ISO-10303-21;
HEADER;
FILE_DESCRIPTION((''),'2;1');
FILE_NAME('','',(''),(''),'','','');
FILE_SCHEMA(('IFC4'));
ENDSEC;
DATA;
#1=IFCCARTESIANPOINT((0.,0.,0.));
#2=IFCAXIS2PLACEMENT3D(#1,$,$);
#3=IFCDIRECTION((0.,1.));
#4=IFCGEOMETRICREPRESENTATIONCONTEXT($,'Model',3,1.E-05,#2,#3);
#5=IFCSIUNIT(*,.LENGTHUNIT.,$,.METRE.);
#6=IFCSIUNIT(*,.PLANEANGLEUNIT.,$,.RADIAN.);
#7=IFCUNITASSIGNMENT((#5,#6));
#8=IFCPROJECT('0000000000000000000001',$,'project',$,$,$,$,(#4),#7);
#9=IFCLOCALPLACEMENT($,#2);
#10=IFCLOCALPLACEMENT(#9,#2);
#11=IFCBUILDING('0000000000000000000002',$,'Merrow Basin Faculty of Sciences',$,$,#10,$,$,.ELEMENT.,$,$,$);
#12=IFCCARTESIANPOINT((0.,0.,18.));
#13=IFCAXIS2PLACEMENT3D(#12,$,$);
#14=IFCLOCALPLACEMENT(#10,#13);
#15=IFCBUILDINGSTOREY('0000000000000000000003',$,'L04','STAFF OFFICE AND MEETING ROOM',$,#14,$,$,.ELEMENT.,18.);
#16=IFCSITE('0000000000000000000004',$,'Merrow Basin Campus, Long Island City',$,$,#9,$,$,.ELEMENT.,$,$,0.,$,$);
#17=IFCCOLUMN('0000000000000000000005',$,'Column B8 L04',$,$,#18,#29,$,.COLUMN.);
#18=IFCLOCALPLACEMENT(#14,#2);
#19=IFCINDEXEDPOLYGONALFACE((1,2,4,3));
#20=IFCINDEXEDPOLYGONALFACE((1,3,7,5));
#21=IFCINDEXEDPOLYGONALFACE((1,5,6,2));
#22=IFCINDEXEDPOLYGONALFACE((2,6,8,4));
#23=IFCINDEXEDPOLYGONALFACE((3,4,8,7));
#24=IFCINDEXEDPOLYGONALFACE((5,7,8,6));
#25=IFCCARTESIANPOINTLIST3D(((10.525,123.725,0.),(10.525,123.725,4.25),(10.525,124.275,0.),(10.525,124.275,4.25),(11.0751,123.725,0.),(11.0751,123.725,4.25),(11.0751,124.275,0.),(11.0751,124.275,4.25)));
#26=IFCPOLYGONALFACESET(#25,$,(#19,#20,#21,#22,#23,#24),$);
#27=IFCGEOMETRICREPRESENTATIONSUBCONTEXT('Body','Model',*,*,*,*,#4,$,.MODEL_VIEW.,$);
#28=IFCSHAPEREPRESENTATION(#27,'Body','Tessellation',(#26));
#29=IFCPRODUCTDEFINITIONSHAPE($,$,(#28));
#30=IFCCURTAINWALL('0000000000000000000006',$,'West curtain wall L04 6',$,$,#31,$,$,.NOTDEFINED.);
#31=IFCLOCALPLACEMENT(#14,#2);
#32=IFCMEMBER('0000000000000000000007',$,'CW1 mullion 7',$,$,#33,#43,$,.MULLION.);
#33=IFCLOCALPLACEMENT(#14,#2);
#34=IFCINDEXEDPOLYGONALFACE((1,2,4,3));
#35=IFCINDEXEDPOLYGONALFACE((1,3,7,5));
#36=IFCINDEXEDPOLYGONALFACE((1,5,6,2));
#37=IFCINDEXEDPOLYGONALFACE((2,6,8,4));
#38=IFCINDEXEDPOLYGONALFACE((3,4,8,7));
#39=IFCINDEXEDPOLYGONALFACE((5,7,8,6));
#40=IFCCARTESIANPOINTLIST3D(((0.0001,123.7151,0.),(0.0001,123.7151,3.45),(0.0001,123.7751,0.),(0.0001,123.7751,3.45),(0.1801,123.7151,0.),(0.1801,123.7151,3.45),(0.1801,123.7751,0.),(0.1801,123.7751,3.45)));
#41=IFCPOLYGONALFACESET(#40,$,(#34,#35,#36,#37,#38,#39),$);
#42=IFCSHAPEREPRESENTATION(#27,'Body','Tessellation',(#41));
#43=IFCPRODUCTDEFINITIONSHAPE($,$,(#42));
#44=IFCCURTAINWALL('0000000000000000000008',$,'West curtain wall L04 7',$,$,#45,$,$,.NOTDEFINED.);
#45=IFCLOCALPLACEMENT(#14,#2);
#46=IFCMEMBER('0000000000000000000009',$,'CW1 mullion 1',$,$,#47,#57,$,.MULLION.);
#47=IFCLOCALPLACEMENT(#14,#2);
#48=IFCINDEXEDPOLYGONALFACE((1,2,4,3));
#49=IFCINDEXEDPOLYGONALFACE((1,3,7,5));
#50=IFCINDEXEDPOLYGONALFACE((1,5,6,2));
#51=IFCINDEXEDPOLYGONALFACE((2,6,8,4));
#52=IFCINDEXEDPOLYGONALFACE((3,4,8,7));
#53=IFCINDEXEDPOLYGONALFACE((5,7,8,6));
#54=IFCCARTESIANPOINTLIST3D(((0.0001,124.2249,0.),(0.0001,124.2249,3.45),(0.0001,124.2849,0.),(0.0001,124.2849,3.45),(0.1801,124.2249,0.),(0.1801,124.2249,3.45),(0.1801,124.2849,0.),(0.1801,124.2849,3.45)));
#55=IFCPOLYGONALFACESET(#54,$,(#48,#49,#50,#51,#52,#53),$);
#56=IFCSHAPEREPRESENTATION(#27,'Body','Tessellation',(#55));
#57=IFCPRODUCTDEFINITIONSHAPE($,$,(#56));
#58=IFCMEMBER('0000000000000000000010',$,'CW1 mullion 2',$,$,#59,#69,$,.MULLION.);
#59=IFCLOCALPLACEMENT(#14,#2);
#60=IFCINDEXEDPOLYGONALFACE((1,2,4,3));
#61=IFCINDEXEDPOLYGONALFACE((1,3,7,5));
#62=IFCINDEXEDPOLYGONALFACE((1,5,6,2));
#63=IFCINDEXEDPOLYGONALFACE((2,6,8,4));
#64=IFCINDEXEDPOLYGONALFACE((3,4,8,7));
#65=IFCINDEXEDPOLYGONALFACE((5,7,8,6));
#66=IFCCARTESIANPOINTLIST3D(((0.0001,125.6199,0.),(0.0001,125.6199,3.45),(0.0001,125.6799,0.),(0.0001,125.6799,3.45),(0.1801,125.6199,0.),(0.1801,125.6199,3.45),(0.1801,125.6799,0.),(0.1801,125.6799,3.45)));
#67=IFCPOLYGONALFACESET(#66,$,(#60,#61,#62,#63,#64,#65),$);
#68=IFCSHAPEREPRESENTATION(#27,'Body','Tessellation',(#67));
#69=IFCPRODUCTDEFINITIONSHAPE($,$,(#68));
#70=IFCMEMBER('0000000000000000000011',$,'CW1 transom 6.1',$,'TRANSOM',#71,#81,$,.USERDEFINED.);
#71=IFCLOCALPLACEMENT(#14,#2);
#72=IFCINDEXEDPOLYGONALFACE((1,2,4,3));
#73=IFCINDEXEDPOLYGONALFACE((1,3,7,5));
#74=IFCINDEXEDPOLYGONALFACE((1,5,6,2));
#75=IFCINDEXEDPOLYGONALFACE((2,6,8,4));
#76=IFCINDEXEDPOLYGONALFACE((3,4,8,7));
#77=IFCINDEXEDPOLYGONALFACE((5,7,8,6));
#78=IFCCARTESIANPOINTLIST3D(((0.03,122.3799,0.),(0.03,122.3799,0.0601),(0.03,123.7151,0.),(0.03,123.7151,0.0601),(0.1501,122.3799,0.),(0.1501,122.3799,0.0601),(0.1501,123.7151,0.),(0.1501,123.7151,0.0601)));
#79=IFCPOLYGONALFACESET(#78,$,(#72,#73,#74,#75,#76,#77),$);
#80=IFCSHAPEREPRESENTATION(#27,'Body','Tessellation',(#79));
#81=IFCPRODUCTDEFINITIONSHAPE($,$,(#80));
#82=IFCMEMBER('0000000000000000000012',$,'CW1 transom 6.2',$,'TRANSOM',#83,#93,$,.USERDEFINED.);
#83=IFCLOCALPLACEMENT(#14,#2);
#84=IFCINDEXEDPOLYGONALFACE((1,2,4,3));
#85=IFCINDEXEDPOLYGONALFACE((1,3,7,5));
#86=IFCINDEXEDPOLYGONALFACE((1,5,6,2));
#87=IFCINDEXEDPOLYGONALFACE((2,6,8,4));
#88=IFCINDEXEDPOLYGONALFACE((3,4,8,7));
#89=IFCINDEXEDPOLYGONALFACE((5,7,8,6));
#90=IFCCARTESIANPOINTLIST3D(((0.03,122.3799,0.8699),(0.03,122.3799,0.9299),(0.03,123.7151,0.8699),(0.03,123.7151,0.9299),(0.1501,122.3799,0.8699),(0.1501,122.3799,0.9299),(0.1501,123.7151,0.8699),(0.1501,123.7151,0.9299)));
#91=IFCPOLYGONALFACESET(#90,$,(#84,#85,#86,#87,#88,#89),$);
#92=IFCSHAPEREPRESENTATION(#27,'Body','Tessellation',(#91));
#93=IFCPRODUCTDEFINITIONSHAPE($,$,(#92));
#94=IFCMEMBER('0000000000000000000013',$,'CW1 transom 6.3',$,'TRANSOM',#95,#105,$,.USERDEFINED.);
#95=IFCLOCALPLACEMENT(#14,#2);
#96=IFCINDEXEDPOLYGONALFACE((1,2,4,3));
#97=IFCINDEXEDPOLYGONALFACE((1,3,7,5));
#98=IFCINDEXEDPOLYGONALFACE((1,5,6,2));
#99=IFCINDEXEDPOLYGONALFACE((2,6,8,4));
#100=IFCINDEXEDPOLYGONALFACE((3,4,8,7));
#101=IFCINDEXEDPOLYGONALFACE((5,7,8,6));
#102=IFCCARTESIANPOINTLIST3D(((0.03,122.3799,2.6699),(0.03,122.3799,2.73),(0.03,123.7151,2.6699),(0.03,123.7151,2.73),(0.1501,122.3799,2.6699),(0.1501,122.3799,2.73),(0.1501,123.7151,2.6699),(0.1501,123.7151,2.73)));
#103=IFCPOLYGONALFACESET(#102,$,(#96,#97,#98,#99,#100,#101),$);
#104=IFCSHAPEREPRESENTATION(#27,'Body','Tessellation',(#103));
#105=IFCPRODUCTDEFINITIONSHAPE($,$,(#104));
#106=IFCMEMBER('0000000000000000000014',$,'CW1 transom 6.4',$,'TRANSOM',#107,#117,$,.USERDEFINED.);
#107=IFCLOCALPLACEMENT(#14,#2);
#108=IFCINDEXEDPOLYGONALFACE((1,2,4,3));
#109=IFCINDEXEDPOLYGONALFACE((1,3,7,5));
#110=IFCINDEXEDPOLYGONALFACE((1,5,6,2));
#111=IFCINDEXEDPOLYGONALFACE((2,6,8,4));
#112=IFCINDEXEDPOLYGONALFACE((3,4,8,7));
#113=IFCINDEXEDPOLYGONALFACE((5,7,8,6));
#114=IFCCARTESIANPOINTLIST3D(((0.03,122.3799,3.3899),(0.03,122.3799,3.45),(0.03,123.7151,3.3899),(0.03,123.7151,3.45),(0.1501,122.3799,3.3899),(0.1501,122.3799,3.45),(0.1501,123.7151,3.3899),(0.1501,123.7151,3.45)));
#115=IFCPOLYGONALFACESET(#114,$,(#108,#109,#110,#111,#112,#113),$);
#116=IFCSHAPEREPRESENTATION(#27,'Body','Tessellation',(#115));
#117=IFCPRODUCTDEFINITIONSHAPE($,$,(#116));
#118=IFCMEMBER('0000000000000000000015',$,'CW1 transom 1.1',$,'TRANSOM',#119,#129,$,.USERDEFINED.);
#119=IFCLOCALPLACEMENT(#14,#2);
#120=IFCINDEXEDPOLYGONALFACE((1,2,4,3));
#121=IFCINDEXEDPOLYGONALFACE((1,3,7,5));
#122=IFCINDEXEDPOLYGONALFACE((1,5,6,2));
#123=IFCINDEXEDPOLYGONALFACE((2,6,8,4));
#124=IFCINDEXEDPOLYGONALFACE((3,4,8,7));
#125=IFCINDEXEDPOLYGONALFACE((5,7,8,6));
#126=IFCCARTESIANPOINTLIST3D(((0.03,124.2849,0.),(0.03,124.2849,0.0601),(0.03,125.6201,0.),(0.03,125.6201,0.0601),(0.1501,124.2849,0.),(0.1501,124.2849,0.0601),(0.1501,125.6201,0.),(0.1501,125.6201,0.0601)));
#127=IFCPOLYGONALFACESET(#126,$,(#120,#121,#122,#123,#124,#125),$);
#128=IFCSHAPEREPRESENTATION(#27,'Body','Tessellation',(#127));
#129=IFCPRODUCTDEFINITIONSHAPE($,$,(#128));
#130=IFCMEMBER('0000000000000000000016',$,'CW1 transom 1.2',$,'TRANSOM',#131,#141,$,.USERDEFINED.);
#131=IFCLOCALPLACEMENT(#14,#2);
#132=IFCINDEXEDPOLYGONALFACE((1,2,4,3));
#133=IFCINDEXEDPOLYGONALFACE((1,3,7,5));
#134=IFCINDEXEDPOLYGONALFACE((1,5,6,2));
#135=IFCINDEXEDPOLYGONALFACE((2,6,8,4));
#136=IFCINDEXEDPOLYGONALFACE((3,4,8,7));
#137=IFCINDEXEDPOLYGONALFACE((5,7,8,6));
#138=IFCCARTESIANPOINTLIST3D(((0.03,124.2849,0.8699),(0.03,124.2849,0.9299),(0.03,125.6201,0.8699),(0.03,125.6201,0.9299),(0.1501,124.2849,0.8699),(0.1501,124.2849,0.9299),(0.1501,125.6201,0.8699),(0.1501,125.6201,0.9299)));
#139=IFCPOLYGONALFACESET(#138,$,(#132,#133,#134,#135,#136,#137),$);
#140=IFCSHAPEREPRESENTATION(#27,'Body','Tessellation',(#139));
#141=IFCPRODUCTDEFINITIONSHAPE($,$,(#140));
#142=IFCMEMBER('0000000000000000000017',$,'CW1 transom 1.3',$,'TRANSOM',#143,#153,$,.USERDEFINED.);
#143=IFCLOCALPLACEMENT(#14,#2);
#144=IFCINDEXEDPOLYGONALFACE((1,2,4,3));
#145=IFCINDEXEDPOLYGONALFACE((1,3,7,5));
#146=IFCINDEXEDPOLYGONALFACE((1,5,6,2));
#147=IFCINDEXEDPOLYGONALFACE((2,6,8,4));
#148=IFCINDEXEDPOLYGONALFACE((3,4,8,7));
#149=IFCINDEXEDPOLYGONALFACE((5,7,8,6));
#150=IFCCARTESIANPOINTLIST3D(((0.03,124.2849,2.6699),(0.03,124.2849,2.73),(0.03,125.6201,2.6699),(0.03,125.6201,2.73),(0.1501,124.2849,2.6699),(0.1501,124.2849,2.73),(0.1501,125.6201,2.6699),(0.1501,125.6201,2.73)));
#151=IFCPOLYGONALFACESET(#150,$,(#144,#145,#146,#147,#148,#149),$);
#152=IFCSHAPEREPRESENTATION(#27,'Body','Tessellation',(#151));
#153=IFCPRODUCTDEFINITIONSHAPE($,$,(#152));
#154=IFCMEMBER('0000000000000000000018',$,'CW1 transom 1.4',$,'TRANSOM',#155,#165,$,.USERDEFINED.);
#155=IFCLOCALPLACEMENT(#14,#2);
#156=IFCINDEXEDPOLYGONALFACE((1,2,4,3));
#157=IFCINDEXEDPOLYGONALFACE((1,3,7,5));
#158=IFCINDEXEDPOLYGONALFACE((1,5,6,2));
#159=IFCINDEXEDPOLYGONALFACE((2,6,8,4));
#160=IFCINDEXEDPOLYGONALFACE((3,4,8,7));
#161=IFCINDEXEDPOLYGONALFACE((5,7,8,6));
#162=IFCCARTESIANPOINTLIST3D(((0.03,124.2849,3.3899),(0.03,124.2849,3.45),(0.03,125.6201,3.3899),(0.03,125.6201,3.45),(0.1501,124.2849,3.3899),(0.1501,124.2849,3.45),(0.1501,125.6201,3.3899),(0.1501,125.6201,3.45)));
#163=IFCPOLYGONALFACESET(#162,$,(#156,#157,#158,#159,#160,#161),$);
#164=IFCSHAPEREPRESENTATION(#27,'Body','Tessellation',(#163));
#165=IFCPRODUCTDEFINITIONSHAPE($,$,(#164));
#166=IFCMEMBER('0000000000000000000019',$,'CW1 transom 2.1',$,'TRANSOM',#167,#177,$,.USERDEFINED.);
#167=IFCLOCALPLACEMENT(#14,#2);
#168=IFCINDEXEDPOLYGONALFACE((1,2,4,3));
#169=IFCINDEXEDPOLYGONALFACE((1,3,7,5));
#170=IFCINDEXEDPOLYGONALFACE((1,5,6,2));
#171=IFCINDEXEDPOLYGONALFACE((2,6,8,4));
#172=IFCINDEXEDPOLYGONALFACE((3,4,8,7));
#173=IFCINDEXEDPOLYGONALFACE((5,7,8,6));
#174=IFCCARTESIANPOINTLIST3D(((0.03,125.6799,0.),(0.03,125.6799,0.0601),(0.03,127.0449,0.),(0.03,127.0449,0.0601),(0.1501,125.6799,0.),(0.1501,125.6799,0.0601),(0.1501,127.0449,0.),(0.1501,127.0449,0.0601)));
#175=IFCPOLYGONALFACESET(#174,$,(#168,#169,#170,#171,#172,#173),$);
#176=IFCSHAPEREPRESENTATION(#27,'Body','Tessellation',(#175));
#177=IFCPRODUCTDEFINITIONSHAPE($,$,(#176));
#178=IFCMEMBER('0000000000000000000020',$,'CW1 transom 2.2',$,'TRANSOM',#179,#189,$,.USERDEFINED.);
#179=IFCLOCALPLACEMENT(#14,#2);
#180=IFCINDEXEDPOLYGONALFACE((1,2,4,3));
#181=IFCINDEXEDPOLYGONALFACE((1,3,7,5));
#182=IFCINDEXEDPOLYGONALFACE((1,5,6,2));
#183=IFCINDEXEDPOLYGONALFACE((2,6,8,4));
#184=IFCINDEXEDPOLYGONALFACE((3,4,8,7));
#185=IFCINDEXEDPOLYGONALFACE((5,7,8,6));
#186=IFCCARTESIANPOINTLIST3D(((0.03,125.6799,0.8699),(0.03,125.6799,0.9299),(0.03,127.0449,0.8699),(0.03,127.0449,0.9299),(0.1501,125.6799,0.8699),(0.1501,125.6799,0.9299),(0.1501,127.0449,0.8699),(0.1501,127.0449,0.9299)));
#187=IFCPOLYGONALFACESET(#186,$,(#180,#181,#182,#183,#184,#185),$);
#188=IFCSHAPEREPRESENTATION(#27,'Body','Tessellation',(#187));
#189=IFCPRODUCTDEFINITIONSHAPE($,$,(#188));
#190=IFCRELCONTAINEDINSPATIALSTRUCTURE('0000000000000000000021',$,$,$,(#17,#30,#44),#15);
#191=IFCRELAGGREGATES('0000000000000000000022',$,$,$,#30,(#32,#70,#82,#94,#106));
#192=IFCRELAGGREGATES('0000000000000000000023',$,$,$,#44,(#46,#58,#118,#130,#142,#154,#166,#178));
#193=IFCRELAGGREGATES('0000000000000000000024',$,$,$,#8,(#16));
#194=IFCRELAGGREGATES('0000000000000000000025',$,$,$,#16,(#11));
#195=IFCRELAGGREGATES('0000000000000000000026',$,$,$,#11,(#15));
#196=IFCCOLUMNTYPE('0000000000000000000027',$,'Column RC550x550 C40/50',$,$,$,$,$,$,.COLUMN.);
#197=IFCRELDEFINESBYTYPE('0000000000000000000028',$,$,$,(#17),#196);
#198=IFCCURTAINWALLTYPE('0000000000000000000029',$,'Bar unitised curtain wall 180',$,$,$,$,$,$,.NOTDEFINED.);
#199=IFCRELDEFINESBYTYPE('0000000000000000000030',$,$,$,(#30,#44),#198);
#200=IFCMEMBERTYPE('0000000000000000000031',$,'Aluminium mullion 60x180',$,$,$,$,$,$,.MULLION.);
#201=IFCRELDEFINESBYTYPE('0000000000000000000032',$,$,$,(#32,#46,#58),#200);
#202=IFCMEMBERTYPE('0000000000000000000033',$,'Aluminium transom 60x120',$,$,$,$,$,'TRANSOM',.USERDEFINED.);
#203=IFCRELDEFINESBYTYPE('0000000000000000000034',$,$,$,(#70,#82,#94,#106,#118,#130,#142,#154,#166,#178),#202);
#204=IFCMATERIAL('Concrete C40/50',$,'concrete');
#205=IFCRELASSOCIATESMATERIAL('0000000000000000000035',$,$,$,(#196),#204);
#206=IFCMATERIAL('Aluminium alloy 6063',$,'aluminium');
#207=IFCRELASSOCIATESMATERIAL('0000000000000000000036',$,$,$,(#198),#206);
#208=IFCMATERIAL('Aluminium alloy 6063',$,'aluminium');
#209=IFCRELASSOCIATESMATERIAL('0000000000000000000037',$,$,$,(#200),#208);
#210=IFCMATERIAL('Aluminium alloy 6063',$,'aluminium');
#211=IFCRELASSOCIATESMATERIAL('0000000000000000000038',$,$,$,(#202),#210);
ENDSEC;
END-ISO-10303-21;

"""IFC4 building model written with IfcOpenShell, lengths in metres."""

from ifc_helpers import new_model, si_unit, direction, frame, origin, origin_2d, place, context, subcontext, project, spatial, rectangle, extrude, material, material_profile, profile_set, type_object, element, aggregate, save


model = new_model("IFC4")

# Units and contexts
model_context = context("Model", 3, precision=1e-05, world=origin(), true_north=direction((0.0, 1.0)))
body_context = subcontext(model_context, "Body", "Model", "MODEL_VIEW")
ifc_project = project(units=[si_unit("LENGTHUNIT", "METRE"), si_unit("PLANEANGLEUNIT", "RADIAN")], contexts=[model_context])

# Site, building, storey
site_placement = place(None, origin())
site = spatial("IfcSite", under=ifc_project, at=site_placement, Name="Merrow Basin Campus, Long Island City", CompositionType="ELEMENT", RefElevation=0.0)
building_placement = place(site_placement, origin())
building = spatial("IfcBuilding", under=site, at=building_placement, Name="Merrow Basin Faculty of Sciences", CompositionType="ELEMENT")
storey_placement = place(building_placement, frame((0.0, 0.0, 18.0)))
storey = spatial("IfcBuildingStorey", under=building, at=storey_placement, Name="L04", Description="STAFF OFFICE AND MEETING ROOM", CompositionType="ELEMENT", Elevation=18.0)

# Column
ifc_material_1 = material(Name="Concrete C40/50", Category="concrete")
ifc_material_profile_1 = material_profile(ifc_material_1, rectangle(XDim=0.55, YDim=0.55, at=origin_2d()))
ifc_profile_set_1 = profile_set([ifc_material_profile_1], Name="Concrete C40/50")
column_type = type_object("IfcColumnType", Name="Column RC550x550 C40/50", PredefinedType="COLUMN", material=ifc_profile_set_1)
column_placement = place(storey_placement, frame((10.8, 124.0, 0.0), z_axis=(0.0, 0.0, 1.0), x_axis=(1.0, 0.0, 0.0)))
element("IfcColumn", 1, at=column_placement, inside=storey, type_object=column_type, Name="Column B8 L04", PredefinedType="COLUMN", context=body_context, shape_type="SweptSolid", body=[
    extrude(rectangle(XDim=0.55, YDim=0.55, at=origin_2d()), origin(), (0.0, 0.0, 1.0), 4.25),
])

# Curtain wall, member
ifc_material_2 = material(Name="Aluminium alloy 6063", Category="aluminium")
curtain_wall_type = type_object("IfcCurtainWallType", Name="Bar unitised curtain wall 180", PredefinedType="NOTDEFINED", material=ifc_material_2)
curtain_wall_1_placement = place(storey_placement, origin())
curtain_wall_1 = element("IfcCurtainWall", 2, at=curtain_wall_1_placement, inside=storey, type_object=curtain_wall_type, Name="West curtain wall L04 6", PredefinedType="NOTDEFINED")
ifc_material_3 = material(Name="Aluminium alloy 6063", Category="aluminium")
ifc_material_profile_2 = material_profile(ifc_material_3, rectangle(XDim=0.1799, YDim=0.0601, at=origin_2d()))
ifc_profile_set_2 = profile_set([ifc_material_profile_2], Name="Aluminium alloy 6063")
member_type_1 = type_object("IfcMemberType", Name="Aluminium mullion 60x180", PredefinedType="MULLION", material=ifc_profile_set_2)
member_1_placement = place(storey_placement, frame((0.0901, 123.7451, 0.0), z_axis=(0.0, 0.0, 1.0), x_axis=(-1.0, 0.0, 0.0)))
member_1 = element("IfcMember", 3, at=member_1_placement, type_object=member_type_1, Name="CW1 mullion 7", PredefinedType="MULLION", context=body_context, shape_type="SweptSolid", body=[
    extrude(rectangle(XDim=0.1799, YDim=0.0601, at=origin_2d()), origin(), (0.0, 0.0, 1.0), 3.45),
])

# Curtain wall, members
curtain_wall_2_placement = place(storey_placement, origin())
curtain_wall_2 = element("IfcCurtainWall", 4, at=curtain_wall_2_placement, inside=storey, type_object=curtain_wall_type, Name="West curtain wall L04 7", PredefinedType="NOTDEFINED")
member_2_placement = place(storey_placement, frame((0.0901, 124.2549, 0.0), z_axis=(0.0, 0.0, 1.0), x_axis=(-1.0, 0.0, 0.0)))
member_2 = element("IfcMember", 5, at=member_2_placement, type_object=member_type_1, Name="CW1 mullion 1", PredefinedType="MULLION", context=body_context, shape_type="SweptSolid", body=[
    extrude(rectangle(XDim=0.1799, YDim=0.0601, at=origin_2d()), origin(), (0.0, 0.0, 1.0), 3.45),
])
member_3_placement = place(storey_placement, frame((0.0901, 125.6499, 0.0), z_axis=(0.0, 0.0, 1.0), x_axis=(-1.0, 0.0, 0.0)))
member_3 = element("IfcMember", 6, at=member_3_placement, type_object=member_type_1, Name="CW1 mullion 2", PredefinedType="MULLION", context=body_context, shape_type="SweptSolid", body=[
    extrude(rectangle(XDim=0.1799, YDim=0.0601, at=origin_2d()), origin(), (0.0, 0.0, 1.0), 3.45),
])

# Members
ifc_material_4 = material(Name="Aluminium alloy 6063", Category="aluminium")
ifc_material_profile_3 = material_profile(ifc_material_4, rectangle(XDim=0.1201, YDim=0.0601, at=origin_2d()))
ifc_profile_set_3 = profile_set([ifc_material_profile_3], Name="Aluminium alloy 6063")
member_type_2 = type_object("IfcMemberType", Name="Aluminium transom 60x120", ElementType="TRANSOM", PredefinedType="USERDEFINED", material=ifc_profile_set_3)
member_4_placement = place(storey_placement, frame((0.0901, 122.3799, 0.03), z_axis=(0.0, 1.0, 0.0), x_axis=(-1.0, 0.0, 0.0)))
member_4 = element("IfcMember", 7, at=member_4_placement, type_object=member_type_2, Name="CW1 transom 6.1", ObjectType="TRANSOM", PredefinedType="USERDEFINED", context=body_context, shape_type="SweptSolid", body=[
    extrude(rectangle(XDim=0.1201, YDim=0.0601, at=origin_2d()), origin(), (0.0, 0.0, 1.0), 1.3352),
])
member_5_placement = place(storey_placement, frame((0.0901, 122.3799, 0.8999), z_axis=(0.0, 1.0, 0.0), x_axis=(-1.0, 0.0, 0.0)))
member_5 = element("IfcMember", 8, at=member_5_placement, type_object=member_type_2, Name="CW1 transom 6.2", ObjectType="TRANSOM", PredefinedType="USERDEFINED", context=body_context, shape_type="SweptSolid", body=[
    extrude(rectangle(XDim=0.1201, YDim=0.0601, at=origin_2d()), origin(), (0.0, 0.0, 1.0), 1.3352),
])
member_6_placement = place(storey_placement, frame((0.0901, 122.3799, 2.7), z_axis=(0.0, 1.0, 0.0), x_axis=(-1.0, 0.0, 0.0)))
member_6 = element("IfcMember", 9, at=member_6_placement, type_object=member_type_2, Name="CW1 transom 6.3", ObjectType="TRANSOM", PredefinedType="USERDEFINED", context=body_context, shape_type="SweptSolid", body=[
    extrude(rectangle(XDim=0.1201, YDim=0.0601, at=origin_2d()), origin(), (0.0, 0.0, 1.0), 1.3352),
])
member_7_placement = place(storey_placement, frame((0.0901, 122.3799, 3.4199), z_axis=(0.0, 1.0, 0.0), x_axis=(-1.0, 0.0, 0.0)))
member_7 = element("IfcMember", 10, at=member_7_placement, type_object=member_type_2, Name="CW1 transom 6.4", ObjectType="TRANSOM", PredefinedType="USERDEFINED", context=body_context, shape_type="SweptSolid", body=[
    extrude(rectangle(XDim=0.1201, YDim=0.0601, at=origin_2d()), origin(), (0.0, 0.0, 1.0), 1.3352),
])
member_8_placement = place(storey_placement, frame((0.0901, 124.2849, 0.03), z_axis=(0.0, 1.0, 0.0), x_axis=(-1.0, 0.0, 0.0)))
member_8 = element("IfcMember", 11, at=member_8_placement, type_object=member_type_2, Name="CW1 transom 1.1", ObjectType="TRANSOM", PredefinedType="USERDEFINED", context=body_context, shape_type="SweptSolid", body=[
    extrude(rectangle(XDim=0.1201, YDim=0.0601, at=origin_2d()), origin(), (0.0, 0.0, 1.0), 1.3352),
])
member_9_placement = place(storey_placement, frame((0.0901, 124.2849, 0.8999), z_axis=(0.0, 1.0, 0.0), x_axis=(-1.0, 0.0, 0.0)))
member_9 = element("IfcMember", 12, at=member_9_placement, type_object=member_type_2, Name="CW1 transom 1.2", ObjectType="TRANSOM", PredefinedType="USERDEFINED", context=body_context, shape_type="SweptSolid", body=[
    extrude(rectangle(XDim=0.1201, YDim=0.0601, at=origin_2d()), origin(), (0.0, 0.0, 1.0), 1.3352),
])
member_10_placement = place(storey_placement, frame((0.0901, 124.2849, 2.7), z_axis=(0.0, 1.0, 0.0), x_axis=(-1.0, 0.0, 0.0)))
member_10 = element("IfcMember", 13, at=member_10_placement, type_object=member_type_2, Name="CW1 transom 1.3", ObjectType="TRANSOM", PredefinedType="USERDEFINED", context=body_context, shape_type="SweptSolid", body=[
    extrude(rectangle(XDim=0.1201, YDim=0.0601, at=origin_2d()), origin(), (0.0, 0.0, 1.0), 1.3352),
])
member_11_placement = place(storey_placement, frame((0.0901, 124.2849, 3.4199), z_axis=(0.0, 1.0, 0.0), x_axis=(-1.0, 0.0, 0.0)))
member_11 = element("IfcMember", 14, at=member_11_placement, type_object=member_type_2, Name="CW1 transom 1.4", ObjectType="TRANSOM", PredefinedType="USERDEFINED", context=body_context, shape_type="SweptSolid", body=[
    extrude(rectangle(XDim=0.1201, YDim=0.0601, at=origin_2d()), origin(), (0.0, 0.0, 1.0), 1.3352),
])
member_12_placement = place(storey_placement, frame((0.0901, 125.6799, 0.03), z_axis=(0.0, 1.0, 0.0), x_axis=(-1.0, 0.0, 0.0)))
member_12 = element("IfcMember", 15, at=member_12_placement, type_object=member_type_2, Name="CW1 transom 2.1", ObjectType="TRANSOM", PredefinedType="USERDEFINED", context=body_context, shape_type="SweptSolid", body=[
    extrude(rectangle(XDim=0.1201, YDim=0.0601, at=origin_2d()), origin(), (0.0, 0.0, 1.0), 1.365),
])
member_13_placement = place(storey_placement, frame((0.0901, 125.6799, 0.8999), z_axis=(0.0, 1.0, 0.0), x_axis=(-1.0, 0.0, 0.0)))
member_13 = element("IfcMember", 16, at=member_13_placement, type_object=member_type_2, Name="CW1 transom 2.2", ObjectType="TRANSOM", PredefinedType="USERDEFINED", context=body_context, shape_type="SweptSolid", body=[
    extrude(rectangle(XDim=0.1201, YDim=0.0601, at=origin_2d()), origin(), (0.0, 0.0, 1.0), 1.365),
])

aggregate(curtain_wall_1, [member_1, member_4, member_5, member_6, member_7])
aggregate(curtain_wall_2, [member_2, member_3, member_8, member_9, member_10, member_11, member_12, member_13])

save(model, "model.ifc")
